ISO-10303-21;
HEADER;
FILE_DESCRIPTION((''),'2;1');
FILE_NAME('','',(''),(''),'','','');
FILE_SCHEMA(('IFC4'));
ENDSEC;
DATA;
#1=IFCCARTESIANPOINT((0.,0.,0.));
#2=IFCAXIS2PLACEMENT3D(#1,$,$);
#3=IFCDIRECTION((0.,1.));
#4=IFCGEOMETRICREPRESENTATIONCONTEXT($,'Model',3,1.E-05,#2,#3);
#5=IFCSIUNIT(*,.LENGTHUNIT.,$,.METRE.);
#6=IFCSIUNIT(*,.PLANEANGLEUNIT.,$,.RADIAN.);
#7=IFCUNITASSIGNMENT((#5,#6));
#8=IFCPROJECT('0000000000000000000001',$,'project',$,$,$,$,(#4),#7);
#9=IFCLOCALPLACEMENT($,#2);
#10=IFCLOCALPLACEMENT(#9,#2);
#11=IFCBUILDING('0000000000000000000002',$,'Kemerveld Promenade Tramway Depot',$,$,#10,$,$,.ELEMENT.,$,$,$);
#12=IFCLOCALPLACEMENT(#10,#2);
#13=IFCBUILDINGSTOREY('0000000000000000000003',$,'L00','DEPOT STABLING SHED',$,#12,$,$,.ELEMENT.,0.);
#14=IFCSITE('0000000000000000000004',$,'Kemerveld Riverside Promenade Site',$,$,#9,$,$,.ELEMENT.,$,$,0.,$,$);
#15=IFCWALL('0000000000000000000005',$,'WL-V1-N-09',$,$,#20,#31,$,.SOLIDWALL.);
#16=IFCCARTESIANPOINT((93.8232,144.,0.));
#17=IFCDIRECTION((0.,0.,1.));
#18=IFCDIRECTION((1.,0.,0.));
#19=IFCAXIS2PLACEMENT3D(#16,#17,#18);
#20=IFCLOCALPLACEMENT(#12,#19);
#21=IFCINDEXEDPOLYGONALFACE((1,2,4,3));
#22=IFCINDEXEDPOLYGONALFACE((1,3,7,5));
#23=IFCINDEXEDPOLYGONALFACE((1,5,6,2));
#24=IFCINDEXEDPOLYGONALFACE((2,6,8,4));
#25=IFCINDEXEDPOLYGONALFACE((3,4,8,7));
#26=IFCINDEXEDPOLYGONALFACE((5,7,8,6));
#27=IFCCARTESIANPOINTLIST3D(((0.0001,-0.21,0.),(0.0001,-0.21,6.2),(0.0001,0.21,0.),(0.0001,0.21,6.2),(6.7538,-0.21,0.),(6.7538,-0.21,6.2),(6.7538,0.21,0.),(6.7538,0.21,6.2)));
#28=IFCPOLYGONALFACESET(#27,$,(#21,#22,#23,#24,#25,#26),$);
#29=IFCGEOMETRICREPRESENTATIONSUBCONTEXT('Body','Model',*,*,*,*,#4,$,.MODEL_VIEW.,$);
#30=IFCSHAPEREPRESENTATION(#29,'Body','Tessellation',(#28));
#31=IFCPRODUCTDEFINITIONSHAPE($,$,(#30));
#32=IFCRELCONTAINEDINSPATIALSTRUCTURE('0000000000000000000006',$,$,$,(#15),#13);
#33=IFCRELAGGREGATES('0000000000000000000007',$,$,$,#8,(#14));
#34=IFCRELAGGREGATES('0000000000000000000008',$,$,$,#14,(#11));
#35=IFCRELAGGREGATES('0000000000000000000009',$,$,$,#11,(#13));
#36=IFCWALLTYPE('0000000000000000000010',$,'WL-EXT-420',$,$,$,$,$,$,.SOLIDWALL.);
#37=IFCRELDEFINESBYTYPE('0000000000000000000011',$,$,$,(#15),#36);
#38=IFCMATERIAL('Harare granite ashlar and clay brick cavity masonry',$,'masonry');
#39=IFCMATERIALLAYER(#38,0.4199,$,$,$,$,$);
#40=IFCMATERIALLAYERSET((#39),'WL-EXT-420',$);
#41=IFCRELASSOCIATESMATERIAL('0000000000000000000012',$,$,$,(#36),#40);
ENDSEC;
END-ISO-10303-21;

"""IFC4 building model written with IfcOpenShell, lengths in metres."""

from ifc_helpers import new_model, si_unit, direction, frame, frame_2d, origin, place, context, subcontext, project, spatial, rectangle, extrude, material, layer, layer_set, type_object, element, save


model = new_model("IFC4")

# Units and contexts
model_context = context("Model", 3, precision=1e-05, world=origin(), true_north=direction((0.0, 1.0)))
body_context = subcontext(model_context, "Body", "Model", "MODEL_VIEW")
ifc_project = project(units=[si_unit("LENGTHUNIT", "METRE"), si_unit("PLANEANGLEUNIT", "RADIAN")], contexts=[model_context])

# Site, building, storey
site_placement = place(None, origin())
site = spatial("IfcSite", under=ifc_project, at=site_placement, Name="Kemerveld Riverside Promenade Site", CompositionType="ELEMENT", RefElevation=0.0)
building_placement = place(site_placement, origin())
building = spatial("IfcBuilding", under=site, at=building_placement, Name="Kemerveld Promenade Tramway Depot", CompositionType="ELEMENT")
storey_placement = place(building_placement, origin())
storey = spatial("IfcBuildingStorey", under=building, at=storey_placement, Name="L00", Description="DEPOT STABLING SHED", CompositionType="ELEMENT", Elevation=0.0)

# Wall
ifc_material_1 = material(Name="Harare granite ashlar and clay brick cavity masonry", Category="masonry")
ifc_layer_1 = layer(ifc_material_1, 0.4199)
ifc_layer_set_1 = layer_set([ifc_layer_1], Name="WL-EXT-420")
wall_type = type_object("IfcWallType", Name="WL-EXT-420", PredefinedType="SOLIDWALL", material=ifc_layer_set_1)
wall_1_placement = place(storey_placement, frame((93.8232, 144.0, 0.0), z_axis=(0.0, 0.0, 1.0), x_axis=(1.0, 0.0, 0.0)))
element("IfcWall", 1, at=wall_1_placement, inside=storey, type_object=wall_type, Name="WL-V1-N-09", PredefinedType="SOLIDWALL", context=body_context, shape_type="SweptSolid", body=[
    extrude(rectangle(XDim=6.7537, YDim=0.4199, at=frame_2d((3.377, 0.0))), origin(), (0.0, 0.0, 1.0), 6.2),
])

save(model, "model.ifc")
